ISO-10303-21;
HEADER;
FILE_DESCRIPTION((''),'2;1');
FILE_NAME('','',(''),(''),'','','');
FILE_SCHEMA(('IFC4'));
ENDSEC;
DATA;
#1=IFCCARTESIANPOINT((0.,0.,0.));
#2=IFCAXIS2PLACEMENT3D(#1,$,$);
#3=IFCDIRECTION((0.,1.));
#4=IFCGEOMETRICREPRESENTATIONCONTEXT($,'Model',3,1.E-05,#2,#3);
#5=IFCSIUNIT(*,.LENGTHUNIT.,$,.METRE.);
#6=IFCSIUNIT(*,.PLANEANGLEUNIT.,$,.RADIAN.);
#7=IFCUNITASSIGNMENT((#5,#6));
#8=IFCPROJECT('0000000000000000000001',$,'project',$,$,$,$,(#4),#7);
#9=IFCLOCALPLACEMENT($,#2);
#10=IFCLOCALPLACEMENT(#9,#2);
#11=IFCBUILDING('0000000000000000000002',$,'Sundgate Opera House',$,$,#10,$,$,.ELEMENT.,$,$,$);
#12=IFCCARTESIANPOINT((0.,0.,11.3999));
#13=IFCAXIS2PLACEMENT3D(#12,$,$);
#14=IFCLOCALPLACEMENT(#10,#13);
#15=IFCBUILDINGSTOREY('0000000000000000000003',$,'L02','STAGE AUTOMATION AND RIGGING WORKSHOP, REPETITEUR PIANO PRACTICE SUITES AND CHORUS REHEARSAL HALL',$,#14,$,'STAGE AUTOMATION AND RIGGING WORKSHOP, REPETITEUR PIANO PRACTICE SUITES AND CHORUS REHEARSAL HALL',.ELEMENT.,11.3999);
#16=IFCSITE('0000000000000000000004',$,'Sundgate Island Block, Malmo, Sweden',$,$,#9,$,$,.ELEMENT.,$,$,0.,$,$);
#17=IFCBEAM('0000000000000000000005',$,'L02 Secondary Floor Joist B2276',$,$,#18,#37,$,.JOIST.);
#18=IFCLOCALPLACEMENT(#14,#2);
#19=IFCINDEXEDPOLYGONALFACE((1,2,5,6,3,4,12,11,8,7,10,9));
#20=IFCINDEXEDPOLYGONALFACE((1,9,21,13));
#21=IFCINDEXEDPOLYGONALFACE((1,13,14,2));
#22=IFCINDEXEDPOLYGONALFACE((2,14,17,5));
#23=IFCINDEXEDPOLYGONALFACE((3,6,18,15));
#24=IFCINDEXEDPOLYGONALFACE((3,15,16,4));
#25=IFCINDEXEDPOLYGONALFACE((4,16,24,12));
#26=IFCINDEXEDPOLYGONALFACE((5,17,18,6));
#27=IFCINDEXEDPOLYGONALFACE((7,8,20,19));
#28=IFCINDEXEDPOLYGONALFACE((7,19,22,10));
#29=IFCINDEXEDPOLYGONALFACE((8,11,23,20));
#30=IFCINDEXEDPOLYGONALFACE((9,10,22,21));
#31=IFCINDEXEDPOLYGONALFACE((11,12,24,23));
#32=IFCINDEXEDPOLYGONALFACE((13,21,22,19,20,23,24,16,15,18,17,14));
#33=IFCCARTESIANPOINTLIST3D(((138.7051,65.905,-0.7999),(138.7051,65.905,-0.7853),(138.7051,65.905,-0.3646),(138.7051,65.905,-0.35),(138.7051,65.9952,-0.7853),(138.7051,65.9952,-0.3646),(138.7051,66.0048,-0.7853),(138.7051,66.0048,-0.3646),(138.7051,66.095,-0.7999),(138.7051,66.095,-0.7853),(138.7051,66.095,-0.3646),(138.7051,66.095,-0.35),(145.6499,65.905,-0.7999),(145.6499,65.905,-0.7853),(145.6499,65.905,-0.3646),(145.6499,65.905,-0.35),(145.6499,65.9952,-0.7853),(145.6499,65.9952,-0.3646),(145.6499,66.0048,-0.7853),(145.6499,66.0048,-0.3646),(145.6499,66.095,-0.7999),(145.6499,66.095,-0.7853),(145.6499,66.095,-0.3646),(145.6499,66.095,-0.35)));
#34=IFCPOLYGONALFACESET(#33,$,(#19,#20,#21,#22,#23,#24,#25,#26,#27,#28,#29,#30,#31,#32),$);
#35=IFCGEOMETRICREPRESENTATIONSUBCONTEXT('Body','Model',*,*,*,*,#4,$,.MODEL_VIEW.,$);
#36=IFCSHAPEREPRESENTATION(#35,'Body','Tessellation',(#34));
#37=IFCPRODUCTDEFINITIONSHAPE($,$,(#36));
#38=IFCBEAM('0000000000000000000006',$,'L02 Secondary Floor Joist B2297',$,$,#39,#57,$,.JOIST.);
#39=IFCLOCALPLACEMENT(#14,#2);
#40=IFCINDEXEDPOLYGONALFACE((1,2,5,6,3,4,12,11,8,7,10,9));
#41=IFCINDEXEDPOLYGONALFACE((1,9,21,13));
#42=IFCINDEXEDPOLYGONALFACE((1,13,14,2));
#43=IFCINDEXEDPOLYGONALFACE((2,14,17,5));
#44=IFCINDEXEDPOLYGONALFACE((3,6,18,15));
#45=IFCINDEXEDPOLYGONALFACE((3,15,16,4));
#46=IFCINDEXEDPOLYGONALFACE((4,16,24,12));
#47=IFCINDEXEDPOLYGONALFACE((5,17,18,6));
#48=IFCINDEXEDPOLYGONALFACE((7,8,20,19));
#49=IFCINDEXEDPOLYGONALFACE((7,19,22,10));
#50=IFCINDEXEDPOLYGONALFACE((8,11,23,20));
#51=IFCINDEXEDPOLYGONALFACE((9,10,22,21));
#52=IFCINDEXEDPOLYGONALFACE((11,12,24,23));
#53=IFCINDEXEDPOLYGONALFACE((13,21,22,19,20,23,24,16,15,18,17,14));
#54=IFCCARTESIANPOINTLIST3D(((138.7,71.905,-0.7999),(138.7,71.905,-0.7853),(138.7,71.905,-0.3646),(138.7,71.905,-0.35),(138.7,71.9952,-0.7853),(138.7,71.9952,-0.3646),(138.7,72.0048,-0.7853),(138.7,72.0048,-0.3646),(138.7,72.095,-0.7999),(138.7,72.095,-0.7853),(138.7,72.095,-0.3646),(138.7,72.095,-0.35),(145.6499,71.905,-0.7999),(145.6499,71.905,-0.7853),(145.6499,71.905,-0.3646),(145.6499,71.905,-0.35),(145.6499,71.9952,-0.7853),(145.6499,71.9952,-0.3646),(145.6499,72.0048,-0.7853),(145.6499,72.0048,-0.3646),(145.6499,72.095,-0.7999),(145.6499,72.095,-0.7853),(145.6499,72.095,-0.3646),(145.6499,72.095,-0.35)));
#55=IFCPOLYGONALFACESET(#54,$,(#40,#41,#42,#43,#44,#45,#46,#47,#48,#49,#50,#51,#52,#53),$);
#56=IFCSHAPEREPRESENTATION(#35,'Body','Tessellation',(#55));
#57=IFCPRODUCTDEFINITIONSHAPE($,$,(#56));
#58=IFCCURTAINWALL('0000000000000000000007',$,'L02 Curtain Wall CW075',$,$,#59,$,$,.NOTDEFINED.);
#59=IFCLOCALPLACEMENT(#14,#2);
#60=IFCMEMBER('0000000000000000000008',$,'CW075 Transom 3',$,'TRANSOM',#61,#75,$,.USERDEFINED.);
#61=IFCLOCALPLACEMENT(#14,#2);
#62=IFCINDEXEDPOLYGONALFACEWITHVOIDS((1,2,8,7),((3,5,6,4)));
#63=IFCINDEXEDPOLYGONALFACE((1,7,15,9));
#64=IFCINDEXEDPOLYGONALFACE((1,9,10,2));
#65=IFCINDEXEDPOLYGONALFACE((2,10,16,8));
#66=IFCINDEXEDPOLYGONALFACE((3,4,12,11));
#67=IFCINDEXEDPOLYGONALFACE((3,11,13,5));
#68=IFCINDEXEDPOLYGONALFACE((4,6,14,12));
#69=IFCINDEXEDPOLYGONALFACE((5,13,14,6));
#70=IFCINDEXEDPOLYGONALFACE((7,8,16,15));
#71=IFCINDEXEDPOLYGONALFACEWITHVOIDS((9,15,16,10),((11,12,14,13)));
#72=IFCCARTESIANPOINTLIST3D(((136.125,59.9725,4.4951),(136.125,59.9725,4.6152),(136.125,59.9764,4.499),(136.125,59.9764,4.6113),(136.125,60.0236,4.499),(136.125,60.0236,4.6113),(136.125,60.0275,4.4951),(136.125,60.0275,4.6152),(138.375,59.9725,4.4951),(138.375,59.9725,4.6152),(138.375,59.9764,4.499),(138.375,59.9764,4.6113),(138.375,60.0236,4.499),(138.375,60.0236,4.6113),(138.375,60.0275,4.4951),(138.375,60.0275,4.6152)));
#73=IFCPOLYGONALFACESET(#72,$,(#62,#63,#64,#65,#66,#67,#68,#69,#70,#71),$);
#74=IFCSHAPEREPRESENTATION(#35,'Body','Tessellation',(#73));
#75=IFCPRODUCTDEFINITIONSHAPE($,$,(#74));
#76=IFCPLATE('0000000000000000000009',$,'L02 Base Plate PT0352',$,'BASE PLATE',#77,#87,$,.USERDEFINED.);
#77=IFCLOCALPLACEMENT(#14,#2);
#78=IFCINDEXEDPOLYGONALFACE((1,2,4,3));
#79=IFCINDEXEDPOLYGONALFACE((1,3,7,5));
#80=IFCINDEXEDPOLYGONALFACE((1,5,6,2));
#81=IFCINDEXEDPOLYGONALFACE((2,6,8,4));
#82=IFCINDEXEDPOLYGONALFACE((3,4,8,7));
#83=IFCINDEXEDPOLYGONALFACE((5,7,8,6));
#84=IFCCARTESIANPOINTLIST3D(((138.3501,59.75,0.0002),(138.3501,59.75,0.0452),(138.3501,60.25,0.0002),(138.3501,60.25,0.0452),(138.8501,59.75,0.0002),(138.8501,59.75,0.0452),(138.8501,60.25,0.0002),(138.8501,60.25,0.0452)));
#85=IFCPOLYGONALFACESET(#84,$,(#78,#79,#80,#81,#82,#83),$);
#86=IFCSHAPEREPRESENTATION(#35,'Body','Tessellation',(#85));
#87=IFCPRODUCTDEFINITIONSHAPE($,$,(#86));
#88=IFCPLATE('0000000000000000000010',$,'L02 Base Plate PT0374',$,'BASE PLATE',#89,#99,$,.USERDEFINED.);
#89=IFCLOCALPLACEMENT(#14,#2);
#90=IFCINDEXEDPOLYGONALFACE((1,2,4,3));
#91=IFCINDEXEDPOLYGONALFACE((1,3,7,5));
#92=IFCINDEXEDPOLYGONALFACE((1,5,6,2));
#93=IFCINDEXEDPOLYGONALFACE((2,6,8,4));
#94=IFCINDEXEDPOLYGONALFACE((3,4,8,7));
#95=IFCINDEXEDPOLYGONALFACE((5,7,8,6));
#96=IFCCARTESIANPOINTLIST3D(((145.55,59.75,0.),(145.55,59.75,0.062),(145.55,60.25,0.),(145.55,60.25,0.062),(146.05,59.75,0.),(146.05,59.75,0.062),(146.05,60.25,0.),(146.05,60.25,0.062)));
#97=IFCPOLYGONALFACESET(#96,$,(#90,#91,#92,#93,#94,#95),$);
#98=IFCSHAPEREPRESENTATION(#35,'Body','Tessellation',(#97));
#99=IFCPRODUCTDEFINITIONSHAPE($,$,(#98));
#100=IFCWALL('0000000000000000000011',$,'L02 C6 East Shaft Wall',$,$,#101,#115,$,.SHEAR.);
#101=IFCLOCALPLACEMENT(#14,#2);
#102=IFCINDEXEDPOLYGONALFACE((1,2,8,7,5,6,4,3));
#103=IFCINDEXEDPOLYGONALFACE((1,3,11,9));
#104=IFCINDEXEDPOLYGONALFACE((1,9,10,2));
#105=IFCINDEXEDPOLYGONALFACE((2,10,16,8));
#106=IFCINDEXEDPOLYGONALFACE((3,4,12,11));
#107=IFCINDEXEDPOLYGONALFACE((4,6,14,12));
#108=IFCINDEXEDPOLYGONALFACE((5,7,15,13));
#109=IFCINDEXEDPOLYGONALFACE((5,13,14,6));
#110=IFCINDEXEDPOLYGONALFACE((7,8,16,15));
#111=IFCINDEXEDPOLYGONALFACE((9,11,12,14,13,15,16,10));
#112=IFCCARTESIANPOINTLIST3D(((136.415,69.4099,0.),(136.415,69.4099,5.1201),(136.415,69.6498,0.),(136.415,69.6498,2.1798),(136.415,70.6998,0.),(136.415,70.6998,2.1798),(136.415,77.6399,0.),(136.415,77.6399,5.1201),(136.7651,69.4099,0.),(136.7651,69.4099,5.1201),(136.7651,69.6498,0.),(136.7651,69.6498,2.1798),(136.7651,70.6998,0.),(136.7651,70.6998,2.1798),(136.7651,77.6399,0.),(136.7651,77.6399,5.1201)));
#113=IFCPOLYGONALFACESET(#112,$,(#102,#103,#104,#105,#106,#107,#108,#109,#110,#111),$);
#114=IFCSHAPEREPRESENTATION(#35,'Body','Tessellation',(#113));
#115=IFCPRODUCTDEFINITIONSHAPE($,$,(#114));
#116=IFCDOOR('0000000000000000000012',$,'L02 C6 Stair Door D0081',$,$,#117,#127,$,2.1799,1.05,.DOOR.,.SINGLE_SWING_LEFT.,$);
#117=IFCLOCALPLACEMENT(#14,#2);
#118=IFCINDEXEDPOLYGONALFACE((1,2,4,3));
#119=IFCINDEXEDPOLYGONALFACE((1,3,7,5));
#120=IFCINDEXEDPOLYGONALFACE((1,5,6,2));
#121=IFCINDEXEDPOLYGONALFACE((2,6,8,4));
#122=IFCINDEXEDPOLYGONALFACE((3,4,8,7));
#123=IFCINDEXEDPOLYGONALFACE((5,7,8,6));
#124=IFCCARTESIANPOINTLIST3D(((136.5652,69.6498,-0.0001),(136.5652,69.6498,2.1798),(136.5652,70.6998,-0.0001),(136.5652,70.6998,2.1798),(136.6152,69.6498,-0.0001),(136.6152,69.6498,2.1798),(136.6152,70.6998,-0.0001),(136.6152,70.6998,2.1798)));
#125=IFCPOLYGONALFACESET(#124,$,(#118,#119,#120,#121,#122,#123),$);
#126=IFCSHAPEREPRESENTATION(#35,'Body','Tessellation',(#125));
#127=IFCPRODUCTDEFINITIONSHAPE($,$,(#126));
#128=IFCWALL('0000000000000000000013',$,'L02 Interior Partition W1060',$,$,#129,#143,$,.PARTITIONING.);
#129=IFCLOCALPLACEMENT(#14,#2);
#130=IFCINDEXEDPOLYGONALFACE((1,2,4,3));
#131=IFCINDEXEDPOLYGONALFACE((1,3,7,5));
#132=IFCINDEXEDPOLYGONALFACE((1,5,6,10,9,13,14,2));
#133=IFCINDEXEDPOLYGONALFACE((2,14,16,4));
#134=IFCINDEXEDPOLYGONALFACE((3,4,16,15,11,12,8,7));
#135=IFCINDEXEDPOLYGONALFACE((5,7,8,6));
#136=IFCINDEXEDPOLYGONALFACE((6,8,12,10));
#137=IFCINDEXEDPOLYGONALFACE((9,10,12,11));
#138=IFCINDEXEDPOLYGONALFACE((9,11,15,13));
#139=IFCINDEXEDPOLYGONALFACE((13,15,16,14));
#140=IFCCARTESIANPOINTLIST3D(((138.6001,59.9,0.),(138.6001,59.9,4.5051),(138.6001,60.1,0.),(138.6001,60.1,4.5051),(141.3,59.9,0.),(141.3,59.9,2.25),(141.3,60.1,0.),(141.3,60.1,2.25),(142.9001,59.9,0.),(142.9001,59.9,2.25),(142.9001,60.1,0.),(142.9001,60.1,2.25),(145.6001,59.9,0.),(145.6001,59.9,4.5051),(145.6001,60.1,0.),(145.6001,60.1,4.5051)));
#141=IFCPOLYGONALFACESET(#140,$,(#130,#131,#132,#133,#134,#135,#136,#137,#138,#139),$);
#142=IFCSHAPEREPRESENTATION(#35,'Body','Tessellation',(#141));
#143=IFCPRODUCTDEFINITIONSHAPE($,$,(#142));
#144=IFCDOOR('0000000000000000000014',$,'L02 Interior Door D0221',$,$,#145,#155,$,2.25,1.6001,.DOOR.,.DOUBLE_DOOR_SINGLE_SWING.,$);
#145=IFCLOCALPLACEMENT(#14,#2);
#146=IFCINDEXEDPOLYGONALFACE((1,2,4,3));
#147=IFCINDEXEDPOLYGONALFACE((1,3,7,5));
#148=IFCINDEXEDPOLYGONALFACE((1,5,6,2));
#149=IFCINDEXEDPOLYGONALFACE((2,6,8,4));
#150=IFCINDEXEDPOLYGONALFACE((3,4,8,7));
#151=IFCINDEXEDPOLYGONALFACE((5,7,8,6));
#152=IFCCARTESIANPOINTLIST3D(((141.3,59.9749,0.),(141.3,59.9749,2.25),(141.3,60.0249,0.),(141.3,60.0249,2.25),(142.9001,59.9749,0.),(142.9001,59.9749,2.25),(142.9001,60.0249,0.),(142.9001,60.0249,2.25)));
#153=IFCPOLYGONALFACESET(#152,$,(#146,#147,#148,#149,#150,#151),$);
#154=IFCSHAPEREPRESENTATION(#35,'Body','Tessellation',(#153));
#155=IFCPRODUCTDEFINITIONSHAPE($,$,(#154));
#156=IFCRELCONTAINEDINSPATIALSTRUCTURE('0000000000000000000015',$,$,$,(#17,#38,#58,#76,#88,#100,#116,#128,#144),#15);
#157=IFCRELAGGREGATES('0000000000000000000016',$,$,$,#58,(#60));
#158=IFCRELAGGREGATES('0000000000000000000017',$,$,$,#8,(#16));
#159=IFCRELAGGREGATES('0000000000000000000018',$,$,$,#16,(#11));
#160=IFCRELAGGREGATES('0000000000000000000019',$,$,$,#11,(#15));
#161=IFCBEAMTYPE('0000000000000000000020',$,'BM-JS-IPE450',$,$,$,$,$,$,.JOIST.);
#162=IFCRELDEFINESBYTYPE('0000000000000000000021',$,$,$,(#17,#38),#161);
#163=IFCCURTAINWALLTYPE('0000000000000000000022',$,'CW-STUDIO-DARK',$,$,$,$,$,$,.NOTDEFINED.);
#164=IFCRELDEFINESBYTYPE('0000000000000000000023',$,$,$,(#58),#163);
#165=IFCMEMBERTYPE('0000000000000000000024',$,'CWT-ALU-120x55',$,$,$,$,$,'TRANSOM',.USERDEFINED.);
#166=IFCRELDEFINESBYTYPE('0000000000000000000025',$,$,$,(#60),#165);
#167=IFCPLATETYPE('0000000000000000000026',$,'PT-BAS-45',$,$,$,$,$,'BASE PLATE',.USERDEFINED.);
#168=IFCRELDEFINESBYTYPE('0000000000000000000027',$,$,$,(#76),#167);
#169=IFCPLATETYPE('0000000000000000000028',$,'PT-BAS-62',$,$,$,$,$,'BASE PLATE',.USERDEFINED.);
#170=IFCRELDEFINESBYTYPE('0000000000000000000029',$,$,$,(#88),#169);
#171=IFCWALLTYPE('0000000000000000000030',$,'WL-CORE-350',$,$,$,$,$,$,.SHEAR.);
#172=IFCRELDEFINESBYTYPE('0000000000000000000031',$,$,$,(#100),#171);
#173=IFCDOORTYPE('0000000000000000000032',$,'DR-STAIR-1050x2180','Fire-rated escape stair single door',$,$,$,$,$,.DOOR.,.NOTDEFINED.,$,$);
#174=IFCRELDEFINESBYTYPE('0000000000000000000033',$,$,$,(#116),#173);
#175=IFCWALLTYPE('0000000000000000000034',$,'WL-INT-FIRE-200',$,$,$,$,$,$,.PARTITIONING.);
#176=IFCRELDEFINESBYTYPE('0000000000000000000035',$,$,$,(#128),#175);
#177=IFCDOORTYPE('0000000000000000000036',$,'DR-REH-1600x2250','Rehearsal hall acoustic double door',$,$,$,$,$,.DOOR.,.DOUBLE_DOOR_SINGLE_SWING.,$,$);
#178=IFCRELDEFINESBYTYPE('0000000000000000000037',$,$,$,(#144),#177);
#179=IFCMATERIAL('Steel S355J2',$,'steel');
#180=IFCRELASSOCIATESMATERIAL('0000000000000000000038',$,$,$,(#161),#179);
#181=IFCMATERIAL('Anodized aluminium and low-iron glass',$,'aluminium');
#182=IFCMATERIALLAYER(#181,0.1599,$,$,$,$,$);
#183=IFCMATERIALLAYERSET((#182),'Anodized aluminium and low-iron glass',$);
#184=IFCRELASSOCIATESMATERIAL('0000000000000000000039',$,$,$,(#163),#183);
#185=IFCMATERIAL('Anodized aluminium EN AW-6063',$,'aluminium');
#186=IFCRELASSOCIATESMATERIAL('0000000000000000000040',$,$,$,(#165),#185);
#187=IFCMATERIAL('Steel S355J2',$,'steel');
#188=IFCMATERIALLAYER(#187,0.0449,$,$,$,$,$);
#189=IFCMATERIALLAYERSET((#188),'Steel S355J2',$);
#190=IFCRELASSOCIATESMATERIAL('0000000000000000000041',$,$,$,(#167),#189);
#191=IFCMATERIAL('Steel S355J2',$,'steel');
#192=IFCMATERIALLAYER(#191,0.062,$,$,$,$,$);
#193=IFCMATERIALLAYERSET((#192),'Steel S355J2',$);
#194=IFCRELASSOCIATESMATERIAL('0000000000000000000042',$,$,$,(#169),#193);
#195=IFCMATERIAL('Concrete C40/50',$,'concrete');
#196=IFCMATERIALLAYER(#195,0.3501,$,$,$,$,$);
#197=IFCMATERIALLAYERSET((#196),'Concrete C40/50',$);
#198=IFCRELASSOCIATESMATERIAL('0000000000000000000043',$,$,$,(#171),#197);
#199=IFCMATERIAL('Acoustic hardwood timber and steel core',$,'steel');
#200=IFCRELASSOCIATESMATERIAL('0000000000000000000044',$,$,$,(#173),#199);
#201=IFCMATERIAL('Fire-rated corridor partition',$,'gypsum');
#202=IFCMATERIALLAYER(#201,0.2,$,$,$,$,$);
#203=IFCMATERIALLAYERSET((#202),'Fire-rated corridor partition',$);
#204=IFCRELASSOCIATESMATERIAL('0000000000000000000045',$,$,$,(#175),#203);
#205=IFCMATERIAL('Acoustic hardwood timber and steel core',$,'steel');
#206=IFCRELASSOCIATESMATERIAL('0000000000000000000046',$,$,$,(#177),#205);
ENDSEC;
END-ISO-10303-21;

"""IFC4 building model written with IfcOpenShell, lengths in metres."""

from ifc_helpers import new_model, si_unit, direction, frame, frame_2d, origin, origin_2d, place, context, subcontext, project, spatial, rectangle, hollow_rectangle, i_section, extrude, material, layer, layer_set, material_profile, profile_set, type_object, element, fill, aggregate, save


model = new_model("IFC4")

# Units and contexts
model_context = context("Model", 3, precision=1e-05, world=origin(), true_north=direction((0.0, 1.0)))
body_context = subcontext(model_context, "Body", "Model", "MODEL_VIEW")
ifc_project = project(units=[si_unit("LENGTHUNIT", "METRE"), si_unit("PLANEANGLEUNIT", "RADIAN")], contexts=[model_context])

# Site, building, storey
site_placement = place(None, origin())
site = spatial("IfcSite", under=ifc_project, at=site_placement, Name="Sundgate Island Block, Malmo, Sweden", CompositionType="ELEMENT", RefElevation=0.0)
building_placement = place(site_placement, origin())
building = spatial("IfcBuilding", under=site, at=building_placement, Name="Sundgate Opera House", CompositionType="ELEMENT")
storey_placement = place(building_placement, frame((0.0, 0.0, 11.3999)))
storey = spatial("IfcBuildingStorey", under=building, at=storey_placement, Name="L02", Description="STAGE AUTOMATION AND RIGGING WORKSHOP, REPETITEUR PIANO PRACTICE SUITES AND CHORUS REHEARSAL HALL", LongName="STAGE AUTOMATION AND RIGGING WORKSHOP, REPETITEUR PIANO PRACTICE SUITES AND CHORUS REHEARSAL HALL", CompositionType="ELEMENT", Elevation=11.3999)

# Beams
ifc_material_1 = material(Name="Steel S355J2", Category="steel")
ifc_material_profile_1 = material_profile(ifc_material_1, i_section(OverallWidth=0.1899, OverallDepth=0.45, WebThickness=0.0095, FlangeThickness=0.0146, at=origin_2d()), Name="IPE 450")
ifc_profile_set_1 = profile_set([ifc_material_profile_1], Name="Steel S355J2")
beam_type_1 = type_object("IfcBeamType", Name="BM-JS-IPE450", PredefinedType="JOIST", material=ifc_profile_set_1)
beam_1_placement = place(storey_placement, frame((138.7051, 66.0, -0.575), z_axis=(1.0, 0.0, 0.0), x_axis=(0.0, 1.0, 0.0)))
element("IfcBeam", 1, at=beam_1_placement, inside=storey, type_object=beam_type_1, Name="L02 Secondary Floor Joist B2276", PredefinedType="JOIST", context=body_context, shape_type="SweptSolid", body=[
    extrude(i_section(OverallWidth=0.1899, OverallDepth=0.45, WebThickness=0.0095, FlangeThickness=0.0146, at=origin_2d()), origin(), (0.0, 0.0, 1.0), 6.9448),
])
beam_2_placement = place(storey_placement, frame((138.7, 72.0, -0.575), z_axis=(1.0, 0.0, 0.0), x_axis=(0.0, 1.0, 0.0)))
element("IfcBeam", 2, at=beam_2_placement, inside=storey, type_object=beam_type_1, Name="L02 Secondary Floor Joist B2297", PredefinedType="JOIST", context=body_context, shape_type="SweptSolid", body=[
    extrude(i_section(OverallWidth=0.1899, OverallDepth=0.45, WebThickness=0.0095, FlangeThickness=0.0146, at=origin_2d()), origin(), (0.0, 0.0, 1.0), 6.95),
])

# Curtain wall, member
ifc_material_2 = material(Name="Anodized aluminium and low-iron glass", Category="aluminium")
ifc_layer_1 = layer(ifc_material_2, 0.1599)
ifc_layer_set_1 = layer_set([ifc_layer_1], Name="Anodized aluminium and low-iron glass")
curtain_wall_type = type_object("IfcCurtainWallType", Name="CW-STUDIO-DARK", PredefinedType="NOTDEFINED", material=ifc_layer_set_1)
curtain_wall_placement = place(storey_placement, origin())
curtain_wall = element("IfcCurtainWall", 3, at=curtain_wall_placement, inside=storey, type_object=curtain_wall_type, Name="L02 Curtain Wall CW075", PredefinedType="NOTDEFINED")
ifc_material_3 = material(Name="Anodized aluminium EN AW-6063", Category="aluminium")
ifc_material_profile_2 = material_profile(ifc_material_3, hollow_rectangle(XDim=0.0549, YDim=0.1201, WallThickness=0.0039, at=origin_2d()), Name="CWT 120x55x4")
ifc_profile_set_2 = profile_set([ifc_material_profile_2], Name="Anodized aluminium EN AW-6063")
member_type = type_object("IfcMemberType", Name="CWT-ALU-120x55", ElementType="TRANSOM", PredefinedType="USERDEFINED", material=ifc_profile_set_2)
member_placement = place(storey_placement, frame((138.375, 60.0, 4.5552), z_axis=(-1.0, 0.0, 0.0), x_axis=(0.0, -1.0, 0.0)))
member = element("IfcMember", 4, at=member_placement, type_object=member_type, Name="CW075 Transom 3", ObjectType="TRANSOM", PredefinedType="USERDEFINED", context=body_context, shape_type="SweptSolid", body=[
    extrude(hollow_rectangle(XDim=0.0549, YDim=0.1201, WallThickness=0.0039, at=origin_2d()), origin(), (0.0, 0.0, 1.0), 2.25),
])
aggregate(curtain_wall, [member])

# Plates
ifc_material_4 = material(Name="Steel S355J2", Category="steel")
ifc_layer_2 = layer(ifc_material_4, 0.0449)
ifc_layer_set_2 = layer_set([ifc_layer_2], Name="Steel S355J2")
plate_type_1 = type_object("IfcPlateType", Name="PT-BAS-45", ElementType="BASE PLATE", PredefinedType="USERDEFINED", material=ifc_layer_set_2)
plate_1_placement = place(storey_placement, frame((138.6001, 60.0, 0.0002), z_axis=(0.0, 0.0, 1.0), x_axis=(1.0, 0.0, 0.0)))
element("IfcPlate", 5, at=plate_1_placement, inside=storey, type_object=plate_type_1, Name="L02 Base Plate PT0352", ObjectType="BASE PLATE", PredefinedType="USERDEFINED", context=body_context, shape_type="SweptSolid", body=[
    extrude(rectangle(XDim=0.5, YDim=0.5, at=origin_2d()), origin(), (0.0, 0.0, 1.0), 0.0449),
])
ifc_material_5 = material(Name="Steel S355J2", Category="steel")
ifc_layer_3 = layer(ifc_material_5, 0.062)
ifc_layer_set_3 = layer_set([ifc_layer_3], Name="Steel S355J2")
plate_type_2 = type_object("IfcPlateType", Name="PT-BAS-62", ElementType="BASE PLATE", PredefinedType="USERDEFINED", material=ifc_layer_set_3)
plate_2_placement = place(storey_placement, frame((145.8, 60.0, 0.0), z_axis=(0.0, 0.0, 1.0), x_axis=(1.0, 0.0, 0.0)))
element("IfcPlate", 6, at=plate_2_placement, inside=storey, type_object=plate_type_2, Name="L02 Base Plate PT0374", ObjectType="BASE PLATE", PredefinedType="USERDEFINED", context=body_context, shape_type="SweptSolid", body=[
    extrude(rectangle(XDim=0.5, YDim=0.5, at=origin_2d()), origin(), (0.0, 0.0, 1.0), 0.062),
])

# Walls, openings, doors
ifc_material_6 = material(Name="Concrete C40/50", Category="concrete")
ifc_layer_4 = layer(ifc_material_6, 0.3501)
ifc_layer_set_4 = layer_set([ifc_layer_4], Name="Concrete C40/50")
wall_type_1 = type_object("IfcWallType", Name="WL-CORE-350", PredefinedType="SHEAR", material=ifc_layer_set_4)
wall_1_placement = place(storey_placement, frame((136.5901, 69.4099, 0.0), z_axis=(0.0, 0.0, 1.0), x_axis=(0.0, 1.0, 0.0)))
wall_1 = element("IfcWall", 7, at=wall_1_placement, inside=storey, type_object=wall_type_1, Name="L02 C6 East Shaft Wall", PredefinedType="SHEAR", context=body_context, shape_type="SweptSolid", body=[
    extrude(rectangle(XDim=8.23, YDim=0.3501, at=frame_2d((4.115, 0.0))), origin(), (0.0, 0.0, 1.0), 5.1201),
])
opening_1_placement = place(wall_1_placement, frame((0.24, 0.0, 0.0)))
opening_1 = element("IfcOpeningElement", 8, at=opening_1_placement, cuts=wall_1, PredefinedType="OPENING", context=body_context, shape_type="SweptSolid", body=[
    extrude(rectangle(XDim=1.05, YDim=2.1799, at=frame_2d((0.5249, 1.0898))), frame((0.0, 0.1851, 0.0), z_axis=(0.0, -1.0, 0.0), x_axis=(1.0, 0.0, 0.0)), (0.0, 0.0, 1.0), 0.3701),
])
ifc_material_7 = material(Name="Acoustic hardwood timber and steel core", Category="steel")
door_type_1 = type_object("IfcDoorType", Name="DR-STAIR-1050x2180", Description="Fire-rated escape stair single door", OperationType="NOTDEFINED", PredefinedType="DOOR", material=ifc_material_7)
door_1_placement = place(opening_1_placement, origin())
door_1 = element("IfcDoor", 9, at=door_1_placement, inside=storey, type_object=door_type_1, Name="L02 C6 Stair Door D0081", OperationType="SINGLE_SWING_LEFT", OverallHeight=2.1799, OverallWidth=1.05, PredefinedType="DOOR", context=body_context, shape_type="SweptSolid", body=[
    extrude(rectangle(XDim=1.05, YDim=2.1799, at=frame_2d((0.5249, 1.0898))), frame((0.0, 0.0249, 0.0), z_axis=(0.0, -1.0, 0.0), x_axis=(1.0, 0.0, 0.0)), (0.0, 0.0, 1.0), 0.05),
])
fill(opening_1, door_1)
ifc_material_8 = material(Name="Fire-rated corridor partition", Category="gypsum")
ifc_layer_5 = layer(ifc_material_8, 0.2)
ifc_layer_set_5 = layer_set([ifc_layer_5], Name="Fire-rated corridor partition")
wall_type_2 = type_object("IfcWallType", Name="WL-INT-FIRE-200", PredefinedType="PARTITIONING", material=ifc_layer_set_5)
wall_2_placement = place(storey_placement, frame((138.6001, 60.0, 0.0), z_axis=(0.0, 0.0, 1.0), x_axis=(1.0, 0.0, 0.0)))
wall_2 = element("IfcWall", 10, at=wall_2_placement, inside=storey, type_object=wall_type_2, Name="L02 Interior Partition W1060", PredefinedType="PARTITIONING", context=body_context, shape_type="SweptSolid", body=[
    extrude(rectangle(XDim=7.0, YDim=0.2, at=frame_2d((3.5, 0.0))), origin(), (0.0, 0.0, 1.0), 4.5051),
])
opening_2_placement = place(wall_2_placement, frame((2.7, 0.0, 0.0)))
opening_2 = element("IfcOpeningElement", 11, at=opening_2_placement, cuts=wall_2, PredefinedType="OPENING", context=body_context, shape_type="SweptSolid", body=[
    extrude(rectangle(XDim=1.6001, YDim=2.25, at=frame_2d((0.8, 1.125))), frame((0.0, 0.1099, 0.0), z_axis=(0.0, -1.0, 0.0), x_axis=(1.0, 0.0, 0.0)), (0.0, 0.0, 1.0), 0.22),
])
ifc_material_9 = material(Name="Acoustic hardwood timber and steel core", Category="steel")
door_type_2 = type_object("IfcDoorType", Name="DR-REH-1600x2250", Description="Rehearsal hall acoustic double door", OperationType="DOUBLE_DOOR_SINGLE_SWING", PredefinedType="DOOR", material=ifc_material_9)
door_2_placement = place(opening_2_placement, origin())
door_2 = element("IfcDoor", 12, at=door_2_placement, inside=storey, type_object=door_type_2, Name="L02 Interior Door D0221", OperationType="DOUBLE_DOOR_SINGLE_SWING", OverallHeight=2.25, OverallWidth=1.6001, PredefinedType="DOOR", context=body_context, shape_type="SweptSolid", body=[
    extrude(rectangle(XDim=1.6001, YDim=2.25, at=frame_2d((0.8, 1.125))), frame((0.0, 0.0249, 0.0), z_axis=(0.0, -1.0, 0.0), x_axis=(1.0, 0.0, 0.0)), (0.0, 0.0, 1.0), 0.05),
])
fill(opening_2, door_2)

save(model, "model.ifc")
